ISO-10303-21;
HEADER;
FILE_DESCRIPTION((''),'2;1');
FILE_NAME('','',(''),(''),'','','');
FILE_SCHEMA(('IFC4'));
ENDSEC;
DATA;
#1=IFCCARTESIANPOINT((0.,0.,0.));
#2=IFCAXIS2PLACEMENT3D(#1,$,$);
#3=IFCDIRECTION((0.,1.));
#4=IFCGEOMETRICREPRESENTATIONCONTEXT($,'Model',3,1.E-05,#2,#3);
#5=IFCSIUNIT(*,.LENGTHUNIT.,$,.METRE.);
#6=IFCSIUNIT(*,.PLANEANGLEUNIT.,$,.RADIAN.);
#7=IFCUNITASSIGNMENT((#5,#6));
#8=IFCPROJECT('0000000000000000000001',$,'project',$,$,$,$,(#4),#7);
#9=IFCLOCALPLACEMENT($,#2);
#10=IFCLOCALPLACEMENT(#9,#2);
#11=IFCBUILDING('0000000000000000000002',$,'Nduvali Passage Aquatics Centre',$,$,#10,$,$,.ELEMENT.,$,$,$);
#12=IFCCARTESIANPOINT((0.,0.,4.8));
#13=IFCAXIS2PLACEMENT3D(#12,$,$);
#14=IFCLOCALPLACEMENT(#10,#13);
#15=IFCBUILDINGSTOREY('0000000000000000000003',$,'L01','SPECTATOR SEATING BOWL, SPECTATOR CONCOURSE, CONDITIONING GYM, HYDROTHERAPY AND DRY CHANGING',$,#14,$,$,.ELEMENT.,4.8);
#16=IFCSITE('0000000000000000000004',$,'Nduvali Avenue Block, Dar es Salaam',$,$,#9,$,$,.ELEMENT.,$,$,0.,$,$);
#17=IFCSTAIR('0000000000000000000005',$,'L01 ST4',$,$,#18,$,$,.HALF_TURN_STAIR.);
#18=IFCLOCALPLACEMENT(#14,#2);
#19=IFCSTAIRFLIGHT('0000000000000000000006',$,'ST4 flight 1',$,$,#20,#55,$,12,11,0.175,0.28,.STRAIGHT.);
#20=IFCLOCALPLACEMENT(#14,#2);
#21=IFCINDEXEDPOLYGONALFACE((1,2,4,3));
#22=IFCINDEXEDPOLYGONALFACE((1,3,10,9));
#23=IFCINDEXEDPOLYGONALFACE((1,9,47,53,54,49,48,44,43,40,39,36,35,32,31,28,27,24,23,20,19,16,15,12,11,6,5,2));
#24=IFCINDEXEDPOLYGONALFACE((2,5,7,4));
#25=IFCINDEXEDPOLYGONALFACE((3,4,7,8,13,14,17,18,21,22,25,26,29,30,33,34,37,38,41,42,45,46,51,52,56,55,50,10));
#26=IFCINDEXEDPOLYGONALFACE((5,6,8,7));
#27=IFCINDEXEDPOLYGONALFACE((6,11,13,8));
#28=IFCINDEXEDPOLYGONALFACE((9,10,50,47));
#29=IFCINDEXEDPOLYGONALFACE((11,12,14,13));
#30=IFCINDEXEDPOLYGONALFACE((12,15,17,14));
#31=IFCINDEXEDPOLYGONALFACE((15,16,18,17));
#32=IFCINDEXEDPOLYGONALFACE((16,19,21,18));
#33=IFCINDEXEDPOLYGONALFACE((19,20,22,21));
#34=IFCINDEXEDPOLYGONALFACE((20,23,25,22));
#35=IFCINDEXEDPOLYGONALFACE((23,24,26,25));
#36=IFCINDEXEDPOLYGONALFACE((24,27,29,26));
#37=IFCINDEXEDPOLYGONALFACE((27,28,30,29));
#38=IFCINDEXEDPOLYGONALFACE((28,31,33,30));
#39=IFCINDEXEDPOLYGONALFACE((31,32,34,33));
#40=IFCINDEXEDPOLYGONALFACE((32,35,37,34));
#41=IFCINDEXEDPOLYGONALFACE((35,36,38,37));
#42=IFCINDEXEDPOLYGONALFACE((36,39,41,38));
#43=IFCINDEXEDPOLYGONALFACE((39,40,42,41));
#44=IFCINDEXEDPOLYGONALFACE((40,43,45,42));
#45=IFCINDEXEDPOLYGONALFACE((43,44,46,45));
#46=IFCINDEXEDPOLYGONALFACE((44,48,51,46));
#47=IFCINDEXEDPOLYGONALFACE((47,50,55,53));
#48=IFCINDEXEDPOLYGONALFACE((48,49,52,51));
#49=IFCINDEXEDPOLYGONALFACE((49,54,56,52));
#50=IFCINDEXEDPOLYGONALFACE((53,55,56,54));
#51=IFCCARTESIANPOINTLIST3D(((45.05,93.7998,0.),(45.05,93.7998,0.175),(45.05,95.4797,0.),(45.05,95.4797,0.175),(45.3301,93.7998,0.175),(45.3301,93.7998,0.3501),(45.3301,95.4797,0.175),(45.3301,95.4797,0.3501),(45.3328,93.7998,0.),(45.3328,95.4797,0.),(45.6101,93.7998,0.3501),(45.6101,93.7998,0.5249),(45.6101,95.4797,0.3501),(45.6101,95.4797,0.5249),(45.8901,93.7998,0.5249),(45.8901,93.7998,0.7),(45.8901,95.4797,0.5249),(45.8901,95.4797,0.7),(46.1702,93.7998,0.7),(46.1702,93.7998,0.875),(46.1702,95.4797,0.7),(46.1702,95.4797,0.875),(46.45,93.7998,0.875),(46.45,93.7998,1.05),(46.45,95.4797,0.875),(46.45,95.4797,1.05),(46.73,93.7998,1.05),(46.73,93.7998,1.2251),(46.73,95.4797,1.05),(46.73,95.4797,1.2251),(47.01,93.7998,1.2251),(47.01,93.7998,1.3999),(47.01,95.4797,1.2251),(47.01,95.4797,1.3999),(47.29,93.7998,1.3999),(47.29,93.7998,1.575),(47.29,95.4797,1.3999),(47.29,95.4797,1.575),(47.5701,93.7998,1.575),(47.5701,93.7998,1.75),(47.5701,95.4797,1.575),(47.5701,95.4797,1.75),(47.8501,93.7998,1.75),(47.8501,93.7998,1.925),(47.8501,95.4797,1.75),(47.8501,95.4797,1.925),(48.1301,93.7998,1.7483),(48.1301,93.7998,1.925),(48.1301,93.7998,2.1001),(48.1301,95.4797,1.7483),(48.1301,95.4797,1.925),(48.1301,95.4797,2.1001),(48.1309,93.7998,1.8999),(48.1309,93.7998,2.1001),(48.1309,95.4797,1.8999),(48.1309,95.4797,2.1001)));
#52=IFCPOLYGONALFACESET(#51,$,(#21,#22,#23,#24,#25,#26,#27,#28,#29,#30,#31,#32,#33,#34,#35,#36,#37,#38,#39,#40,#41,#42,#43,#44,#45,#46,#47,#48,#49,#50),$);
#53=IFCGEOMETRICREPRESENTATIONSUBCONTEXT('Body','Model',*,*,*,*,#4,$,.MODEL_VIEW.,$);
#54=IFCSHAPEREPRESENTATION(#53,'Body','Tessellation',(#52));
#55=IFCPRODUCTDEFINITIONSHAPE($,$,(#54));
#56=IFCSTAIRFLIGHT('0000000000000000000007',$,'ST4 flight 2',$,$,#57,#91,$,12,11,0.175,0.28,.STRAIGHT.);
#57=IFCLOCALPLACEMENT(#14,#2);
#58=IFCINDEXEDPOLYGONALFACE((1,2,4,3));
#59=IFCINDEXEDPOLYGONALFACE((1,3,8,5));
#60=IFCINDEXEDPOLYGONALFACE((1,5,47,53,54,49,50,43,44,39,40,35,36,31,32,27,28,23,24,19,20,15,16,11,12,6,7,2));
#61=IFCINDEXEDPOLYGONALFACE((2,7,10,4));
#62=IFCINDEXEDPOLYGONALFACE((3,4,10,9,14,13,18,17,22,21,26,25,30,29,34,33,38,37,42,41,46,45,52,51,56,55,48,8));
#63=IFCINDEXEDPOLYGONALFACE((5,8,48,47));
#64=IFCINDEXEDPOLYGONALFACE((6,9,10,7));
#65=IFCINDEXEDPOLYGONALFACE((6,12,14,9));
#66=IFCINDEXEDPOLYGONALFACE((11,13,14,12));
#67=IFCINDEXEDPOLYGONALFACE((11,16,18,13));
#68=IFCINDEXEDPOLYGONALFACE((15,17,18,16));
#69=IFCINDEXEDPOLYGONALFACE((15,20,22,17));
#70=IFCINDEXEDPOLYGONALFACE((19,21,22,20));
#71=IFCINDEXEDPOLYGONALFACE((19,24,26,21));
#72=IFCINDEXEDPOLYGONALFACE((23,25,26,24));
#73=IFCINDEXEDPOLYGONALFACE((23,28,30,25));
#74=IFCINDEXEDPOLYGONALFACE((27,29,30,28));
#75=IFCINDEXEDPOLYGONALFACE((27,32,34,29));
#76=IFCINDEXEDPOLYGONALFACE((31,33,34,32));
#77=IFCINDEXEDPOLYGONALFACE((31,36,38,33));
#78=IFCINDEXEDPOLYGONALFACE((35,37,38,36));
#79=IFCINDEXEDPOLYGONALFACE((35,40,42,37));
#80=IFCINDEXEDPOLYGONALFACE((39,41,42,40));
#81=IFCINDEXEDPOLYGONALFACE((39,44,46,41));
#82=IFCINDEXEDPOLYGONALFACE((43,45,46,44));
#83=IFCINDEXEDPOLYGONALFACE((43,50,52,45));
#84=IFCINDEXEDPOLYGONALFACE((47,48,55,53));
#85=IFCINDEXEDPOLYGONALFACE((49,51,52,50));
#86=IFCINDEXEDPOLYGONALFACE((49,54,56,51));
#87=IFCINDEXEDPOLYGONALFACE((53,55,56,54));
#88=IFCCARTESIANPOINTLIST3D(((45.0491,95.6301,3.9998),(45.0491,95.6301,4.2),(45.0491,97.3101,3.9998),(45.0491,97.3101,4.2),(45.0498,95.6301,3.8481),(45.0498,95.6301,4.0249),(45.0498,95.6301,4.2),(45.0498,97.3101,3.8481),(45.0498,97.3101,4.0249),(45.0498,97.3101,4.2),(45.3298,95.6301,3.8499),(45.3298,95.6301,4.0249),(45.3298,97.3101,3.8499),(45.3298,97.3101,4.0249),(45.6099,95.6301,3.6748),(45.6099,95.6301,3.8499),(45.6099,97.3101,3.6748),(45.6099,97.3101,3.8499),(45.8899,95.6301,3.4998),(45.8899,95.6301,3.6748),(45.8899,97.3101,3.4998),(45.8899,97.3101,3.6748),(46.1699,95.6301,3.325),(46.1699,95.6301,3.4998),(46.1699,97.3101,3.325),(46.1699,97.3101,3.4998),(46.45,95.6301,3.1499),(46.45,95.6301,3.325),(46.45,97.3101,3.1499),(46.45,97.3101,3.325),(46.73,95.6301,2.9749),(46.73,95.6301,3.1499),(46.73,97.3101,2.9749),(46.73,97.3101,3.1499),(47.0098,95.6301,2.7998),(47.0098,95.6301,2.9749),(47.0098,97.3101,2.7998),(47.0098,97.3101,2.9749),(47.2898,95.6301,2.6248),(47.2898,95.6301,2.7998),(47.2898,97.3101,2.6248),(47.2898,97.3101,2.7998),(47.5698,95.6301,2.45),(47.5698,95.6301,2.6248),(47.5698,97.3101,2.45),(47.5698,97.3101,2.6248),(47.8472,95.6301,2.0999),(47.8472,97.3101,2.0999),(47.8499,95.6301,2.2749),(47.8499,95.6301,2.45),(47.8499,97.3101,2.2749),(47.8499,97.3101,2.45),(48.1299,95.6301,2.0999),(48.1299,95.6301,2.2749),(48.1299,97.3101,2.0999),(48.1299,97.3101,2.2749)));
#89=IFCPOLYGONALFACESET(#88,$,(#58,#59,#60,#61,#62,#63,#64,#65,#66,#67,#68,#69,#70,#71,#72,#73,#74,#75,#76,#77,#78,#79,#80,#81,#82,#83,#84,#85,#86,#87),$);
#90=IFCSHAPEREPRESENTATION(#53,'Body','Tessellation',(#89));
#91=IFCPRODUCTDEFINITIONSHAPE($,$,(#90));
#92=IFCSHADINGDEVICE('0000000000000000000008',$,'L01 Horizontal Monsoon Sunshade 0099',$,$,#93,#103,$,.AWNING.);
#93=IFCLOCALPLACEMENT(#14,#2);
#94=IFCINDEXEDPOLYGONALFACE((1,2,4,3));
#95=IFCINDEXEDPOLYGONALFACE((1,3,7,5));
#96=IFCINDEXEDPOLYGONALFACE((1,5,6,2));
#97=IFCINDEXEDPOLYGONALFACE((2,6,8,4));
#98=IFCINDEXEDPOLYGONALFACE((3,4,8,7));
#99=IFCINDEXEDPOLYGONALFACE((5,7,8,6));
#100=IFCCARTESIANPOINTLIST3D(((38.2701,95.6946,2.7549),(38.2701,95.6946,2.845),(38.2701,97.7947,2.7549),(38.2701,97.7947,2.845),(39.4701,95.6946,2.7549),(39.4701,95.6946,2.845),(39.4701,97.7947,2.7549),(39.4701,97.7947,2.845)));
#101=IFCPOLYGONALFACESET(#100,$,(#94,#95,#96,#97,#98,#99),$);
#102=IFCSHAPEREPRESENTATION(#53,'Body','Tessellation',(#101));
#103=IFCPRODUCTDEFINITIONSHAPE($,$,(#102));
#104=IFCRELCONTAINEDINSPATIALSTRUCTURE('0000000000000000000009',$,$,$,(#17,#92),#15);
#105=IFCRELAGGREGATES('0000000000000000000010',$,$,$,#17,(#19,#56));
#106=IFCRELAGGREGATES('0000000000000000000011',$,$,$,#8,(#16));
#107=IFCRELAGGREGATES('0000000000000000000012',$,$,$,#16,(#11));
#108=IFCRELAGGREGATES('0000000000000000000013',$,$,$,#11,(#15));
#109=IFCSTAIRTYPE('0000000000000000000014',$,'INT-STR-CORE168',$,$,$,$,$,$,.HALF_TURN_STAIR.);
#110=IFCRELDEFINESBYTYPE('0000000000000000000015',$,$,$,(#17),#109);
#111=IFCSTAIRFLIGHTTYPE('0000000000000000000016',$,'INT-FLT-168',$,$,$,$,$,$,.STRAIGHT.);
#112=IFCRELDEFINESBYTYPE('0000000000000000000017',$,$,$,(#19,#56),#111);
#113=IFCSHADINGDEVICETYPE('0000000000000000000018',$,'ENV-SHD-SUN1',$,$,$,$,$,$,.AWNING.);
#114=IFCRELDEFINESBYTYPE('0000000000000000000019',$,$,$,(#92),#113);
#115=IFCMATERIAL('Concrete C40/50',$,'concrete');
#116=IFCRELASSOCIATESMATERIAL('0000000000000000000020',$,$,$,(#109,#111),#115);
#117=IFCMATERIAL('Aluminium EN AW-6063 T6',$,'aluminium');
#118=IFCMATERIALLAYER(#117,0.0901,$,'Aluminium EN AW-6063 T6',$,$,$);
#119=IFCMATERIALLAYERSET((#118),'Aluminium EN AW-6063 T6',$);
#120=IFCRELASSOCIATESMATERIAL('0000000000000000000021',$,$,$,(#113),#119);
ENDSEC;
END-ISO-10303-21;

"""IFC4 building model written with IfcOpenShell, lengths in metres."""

from ifc_helpers import new_model, si_unit, direction, frame, origin, origin_2d, place, context, subcontext, project, spatial, polyline, rectangle, outline, extrude, material, layer, layer_set, type_object, element, aggregate, save


model = new_model("IFC4")

# Units and contexts
model_context = context("Model", 3, precision=1e-05, world=origin(), true_north=direction((0.0, 1.0)))
body_context = subcontext(model_context, "Body", "Model", "MODEL_VIEW")
ifc_project = project(units=[si_unit("LENGTHUNIT", "METRE"), si_unit("PLANEANGLEUNIT", "RADIAN")], contexts=[model_context])

# Site, building, storey
site_placement = place(None, origin())
site = spatial("IfcSite", under=ifc_project, at=site_placement, Name="Nduvali Avenue Block, Dar es Salaam", CompositionType="ELEMENT", RefElevation=0.0)
building_placement = place(site_placement, origin())
building = spatial("IfcBuilding", under=site, at=building_placement, Name="Nduvali Passage Aquatics Centre", CompositionType="ELEMENT")
storey_placement = place(building_placement, frame((0.0, 0.0, 4.8)))
storey = spatial("IfcBuildingStorey", under=building, at=storey_placement, Name="L01", Description="SPECTATOR SEATING BOWL, SPECTATOR CONCOURSE, CONDITIONING GYM, HYDROTHERAPY AND DRY CHANGING", CompositionType="ELEMENT", Elevation=4.8)

# Shared definitions
ifc_material_1 = material(Name="Concrete C40/50", Category="concrete")

# Stair, stair flights
stair_type = type_object("IfcStairType", Name="INT-STR-CORE168", PredefinedType="HALF_TURN_STAIR", material=ifc_material_1)
stair_placement = place(storey_placement, origin())
stair = element("IfcStair", 1, at=stair_placement, inside=storey, type_object=stair_type, Name="L01 ST4", PredefinedType="HALF_TURN_STAIR")
stair_flight_type = type_object("IfcStairFlightType", Name="INT-FLT-168", PredefinedType="STRAIGHT", material=ifc_material_1)
stair_flight_1_placement = place(storey_placement, frame((45.05, 94.6399, 0.0), z_axis=(0.0, 0.0, 1.0), x_axis=(1.0, 0.0, 0.0)))
stair_flight_1 = element("IfcStairFlight", 2, at=stair_flight_1_placement, type_object=stair_flight_type, Name="ST4 flight 1", NumberOfRisers=12, NumberOfTreads=11, PredefinedType="STRAIGHT", RiserHeight=0.175, TreadLength=0.28, context=body_context, shape_type="SweptSolid", body=[
    extrude(outline(polyline([(0.0, 0.0), (0.0, 0.175), (0.28, 0.175), (0.28, 0.3501), (0.5601, 0.3501), (0.5601, 0.5249), (0.8401, 0.5249), (0.8401, 0.7), (1.1201, 0.7), (1.1201, 0.875), (1.3999, 0.875), (1.3999, 1.05), (1.6799, 1.05), (1.6799, 1.2251), (1.96, 1.2251), (1.96, 1.3999), (2.24, 1.3999), (2.24, 1.575), (2.52, 1.575), (2.52, 1.75), (2.8, 1.75), (2.8, 1.925), (3.0801, 1.925), (3.0801, 2.1001), (3.0808, 2.1001), (3.0808, 1.8999), (3.0801, 1.7483), (0.2827, 0.0), (0.0, 0.0)])), frame((0.0, 0.8398, 0.0), z_axis=(0.0, -1.0, 0.0), x_axis=(1.0, 0.0, 0.0)), (0.0, 0.0, 1.0), 1.6799),
])
stair_flight_2_placement = place(storey_placement, frame((48.1299, 96.47, 2.0999), z_axis=(0.0, 0.0, 1.0), x_axis=(-1.0, 0.0, 0.0)))
stair_flight_2 = element("IfcStairFlight", 3, at=stair_flight_2_placement, type_object=stair_flight_type, Name="ST4 flight 2", NumberOfRisers=12, NumberOfTreads=11, PredefinedType="STRAIGHT", RiserHeight=0.175, TreadLength=0.28, context=body_context, shape_type="SweptSolid", body=[
    extrude(outline(polyline([(0.0, 0.0), (0.0, 0.175), (0.28, 0.175), (0.28, 0.3501), (0.5601, 0.3501), (0.5601, 0.5249), (0.8401, 0.5249), (0.8401, 0.7), (1.1201, 0.7), (1.1201, 0.875), (1.3999, 0.875), (1.3999, 1.05), (1.6799, 1.05), (1.6799, 1.2251), (1.96, 1.2251), (1.96, 1.3999), (2.24, 1.3999), (2.24, 1.575), (2.52, 1.575), (2.52, 1.75), (2.8, 1.75), (2.8, 1.925), (3.0801, 1.925), (3.0801, 2.1001), (3.0808, 2.1001), (3.0808, 1.8999), (3.0801, 1.7483), (0.2827, 0.0), (0.0, 0.0)])), frame((0.0, 0.8398, 0.0), z_axis=(0.0, -1.0, 0.0), x_axis=(1.0, 0.0, 0.0)), (0.0, 0.0, 1.0), 1.6799),
])
aggregate(stair, [stair_flight_1, stair_flight_2])

# Shading device
ifc_material_2 = material(Name="Aluminium EN AW-6063 T6", Category="aluminium")
ifc_layer_1 = layer(ifc_material_2, 0.0901, Name="Aluminium EN AW-6063 T6")
ifc_layer_set_1 = layer_set([ifc_layer_1], Name="Aluminium EN AW-6063 T6")
shading_device_type = type_object("IfcShadingDeviceType", Name="ENV-SHD-SUN1", PredefinedType="AWNING", material=ifc_layer_set_1)
shading_device_placement = place(storey_placement, frame((38.8701, 96.7446, 2.7549), z_axis=(0.0, 0.0, 1.0), x_axis=(0.0, -1.0, 0.0)))
element("IfcShadingDevice", 4, at=shading_device_placement, inside=storey, type_object=shading_device_type, Name="L01 Horizontal Monsoon Sunshade 0099", PredefinedType="AWNING", context=body_context, shape_type="SweptSolid", body=[
    extrude(rectangle(XDim=2.1001, YDim=1.2, at=origin_2d()), origin(), (0.0, 0.0, 1.0), 0.0901),
])

save(model, "model.ifc")
